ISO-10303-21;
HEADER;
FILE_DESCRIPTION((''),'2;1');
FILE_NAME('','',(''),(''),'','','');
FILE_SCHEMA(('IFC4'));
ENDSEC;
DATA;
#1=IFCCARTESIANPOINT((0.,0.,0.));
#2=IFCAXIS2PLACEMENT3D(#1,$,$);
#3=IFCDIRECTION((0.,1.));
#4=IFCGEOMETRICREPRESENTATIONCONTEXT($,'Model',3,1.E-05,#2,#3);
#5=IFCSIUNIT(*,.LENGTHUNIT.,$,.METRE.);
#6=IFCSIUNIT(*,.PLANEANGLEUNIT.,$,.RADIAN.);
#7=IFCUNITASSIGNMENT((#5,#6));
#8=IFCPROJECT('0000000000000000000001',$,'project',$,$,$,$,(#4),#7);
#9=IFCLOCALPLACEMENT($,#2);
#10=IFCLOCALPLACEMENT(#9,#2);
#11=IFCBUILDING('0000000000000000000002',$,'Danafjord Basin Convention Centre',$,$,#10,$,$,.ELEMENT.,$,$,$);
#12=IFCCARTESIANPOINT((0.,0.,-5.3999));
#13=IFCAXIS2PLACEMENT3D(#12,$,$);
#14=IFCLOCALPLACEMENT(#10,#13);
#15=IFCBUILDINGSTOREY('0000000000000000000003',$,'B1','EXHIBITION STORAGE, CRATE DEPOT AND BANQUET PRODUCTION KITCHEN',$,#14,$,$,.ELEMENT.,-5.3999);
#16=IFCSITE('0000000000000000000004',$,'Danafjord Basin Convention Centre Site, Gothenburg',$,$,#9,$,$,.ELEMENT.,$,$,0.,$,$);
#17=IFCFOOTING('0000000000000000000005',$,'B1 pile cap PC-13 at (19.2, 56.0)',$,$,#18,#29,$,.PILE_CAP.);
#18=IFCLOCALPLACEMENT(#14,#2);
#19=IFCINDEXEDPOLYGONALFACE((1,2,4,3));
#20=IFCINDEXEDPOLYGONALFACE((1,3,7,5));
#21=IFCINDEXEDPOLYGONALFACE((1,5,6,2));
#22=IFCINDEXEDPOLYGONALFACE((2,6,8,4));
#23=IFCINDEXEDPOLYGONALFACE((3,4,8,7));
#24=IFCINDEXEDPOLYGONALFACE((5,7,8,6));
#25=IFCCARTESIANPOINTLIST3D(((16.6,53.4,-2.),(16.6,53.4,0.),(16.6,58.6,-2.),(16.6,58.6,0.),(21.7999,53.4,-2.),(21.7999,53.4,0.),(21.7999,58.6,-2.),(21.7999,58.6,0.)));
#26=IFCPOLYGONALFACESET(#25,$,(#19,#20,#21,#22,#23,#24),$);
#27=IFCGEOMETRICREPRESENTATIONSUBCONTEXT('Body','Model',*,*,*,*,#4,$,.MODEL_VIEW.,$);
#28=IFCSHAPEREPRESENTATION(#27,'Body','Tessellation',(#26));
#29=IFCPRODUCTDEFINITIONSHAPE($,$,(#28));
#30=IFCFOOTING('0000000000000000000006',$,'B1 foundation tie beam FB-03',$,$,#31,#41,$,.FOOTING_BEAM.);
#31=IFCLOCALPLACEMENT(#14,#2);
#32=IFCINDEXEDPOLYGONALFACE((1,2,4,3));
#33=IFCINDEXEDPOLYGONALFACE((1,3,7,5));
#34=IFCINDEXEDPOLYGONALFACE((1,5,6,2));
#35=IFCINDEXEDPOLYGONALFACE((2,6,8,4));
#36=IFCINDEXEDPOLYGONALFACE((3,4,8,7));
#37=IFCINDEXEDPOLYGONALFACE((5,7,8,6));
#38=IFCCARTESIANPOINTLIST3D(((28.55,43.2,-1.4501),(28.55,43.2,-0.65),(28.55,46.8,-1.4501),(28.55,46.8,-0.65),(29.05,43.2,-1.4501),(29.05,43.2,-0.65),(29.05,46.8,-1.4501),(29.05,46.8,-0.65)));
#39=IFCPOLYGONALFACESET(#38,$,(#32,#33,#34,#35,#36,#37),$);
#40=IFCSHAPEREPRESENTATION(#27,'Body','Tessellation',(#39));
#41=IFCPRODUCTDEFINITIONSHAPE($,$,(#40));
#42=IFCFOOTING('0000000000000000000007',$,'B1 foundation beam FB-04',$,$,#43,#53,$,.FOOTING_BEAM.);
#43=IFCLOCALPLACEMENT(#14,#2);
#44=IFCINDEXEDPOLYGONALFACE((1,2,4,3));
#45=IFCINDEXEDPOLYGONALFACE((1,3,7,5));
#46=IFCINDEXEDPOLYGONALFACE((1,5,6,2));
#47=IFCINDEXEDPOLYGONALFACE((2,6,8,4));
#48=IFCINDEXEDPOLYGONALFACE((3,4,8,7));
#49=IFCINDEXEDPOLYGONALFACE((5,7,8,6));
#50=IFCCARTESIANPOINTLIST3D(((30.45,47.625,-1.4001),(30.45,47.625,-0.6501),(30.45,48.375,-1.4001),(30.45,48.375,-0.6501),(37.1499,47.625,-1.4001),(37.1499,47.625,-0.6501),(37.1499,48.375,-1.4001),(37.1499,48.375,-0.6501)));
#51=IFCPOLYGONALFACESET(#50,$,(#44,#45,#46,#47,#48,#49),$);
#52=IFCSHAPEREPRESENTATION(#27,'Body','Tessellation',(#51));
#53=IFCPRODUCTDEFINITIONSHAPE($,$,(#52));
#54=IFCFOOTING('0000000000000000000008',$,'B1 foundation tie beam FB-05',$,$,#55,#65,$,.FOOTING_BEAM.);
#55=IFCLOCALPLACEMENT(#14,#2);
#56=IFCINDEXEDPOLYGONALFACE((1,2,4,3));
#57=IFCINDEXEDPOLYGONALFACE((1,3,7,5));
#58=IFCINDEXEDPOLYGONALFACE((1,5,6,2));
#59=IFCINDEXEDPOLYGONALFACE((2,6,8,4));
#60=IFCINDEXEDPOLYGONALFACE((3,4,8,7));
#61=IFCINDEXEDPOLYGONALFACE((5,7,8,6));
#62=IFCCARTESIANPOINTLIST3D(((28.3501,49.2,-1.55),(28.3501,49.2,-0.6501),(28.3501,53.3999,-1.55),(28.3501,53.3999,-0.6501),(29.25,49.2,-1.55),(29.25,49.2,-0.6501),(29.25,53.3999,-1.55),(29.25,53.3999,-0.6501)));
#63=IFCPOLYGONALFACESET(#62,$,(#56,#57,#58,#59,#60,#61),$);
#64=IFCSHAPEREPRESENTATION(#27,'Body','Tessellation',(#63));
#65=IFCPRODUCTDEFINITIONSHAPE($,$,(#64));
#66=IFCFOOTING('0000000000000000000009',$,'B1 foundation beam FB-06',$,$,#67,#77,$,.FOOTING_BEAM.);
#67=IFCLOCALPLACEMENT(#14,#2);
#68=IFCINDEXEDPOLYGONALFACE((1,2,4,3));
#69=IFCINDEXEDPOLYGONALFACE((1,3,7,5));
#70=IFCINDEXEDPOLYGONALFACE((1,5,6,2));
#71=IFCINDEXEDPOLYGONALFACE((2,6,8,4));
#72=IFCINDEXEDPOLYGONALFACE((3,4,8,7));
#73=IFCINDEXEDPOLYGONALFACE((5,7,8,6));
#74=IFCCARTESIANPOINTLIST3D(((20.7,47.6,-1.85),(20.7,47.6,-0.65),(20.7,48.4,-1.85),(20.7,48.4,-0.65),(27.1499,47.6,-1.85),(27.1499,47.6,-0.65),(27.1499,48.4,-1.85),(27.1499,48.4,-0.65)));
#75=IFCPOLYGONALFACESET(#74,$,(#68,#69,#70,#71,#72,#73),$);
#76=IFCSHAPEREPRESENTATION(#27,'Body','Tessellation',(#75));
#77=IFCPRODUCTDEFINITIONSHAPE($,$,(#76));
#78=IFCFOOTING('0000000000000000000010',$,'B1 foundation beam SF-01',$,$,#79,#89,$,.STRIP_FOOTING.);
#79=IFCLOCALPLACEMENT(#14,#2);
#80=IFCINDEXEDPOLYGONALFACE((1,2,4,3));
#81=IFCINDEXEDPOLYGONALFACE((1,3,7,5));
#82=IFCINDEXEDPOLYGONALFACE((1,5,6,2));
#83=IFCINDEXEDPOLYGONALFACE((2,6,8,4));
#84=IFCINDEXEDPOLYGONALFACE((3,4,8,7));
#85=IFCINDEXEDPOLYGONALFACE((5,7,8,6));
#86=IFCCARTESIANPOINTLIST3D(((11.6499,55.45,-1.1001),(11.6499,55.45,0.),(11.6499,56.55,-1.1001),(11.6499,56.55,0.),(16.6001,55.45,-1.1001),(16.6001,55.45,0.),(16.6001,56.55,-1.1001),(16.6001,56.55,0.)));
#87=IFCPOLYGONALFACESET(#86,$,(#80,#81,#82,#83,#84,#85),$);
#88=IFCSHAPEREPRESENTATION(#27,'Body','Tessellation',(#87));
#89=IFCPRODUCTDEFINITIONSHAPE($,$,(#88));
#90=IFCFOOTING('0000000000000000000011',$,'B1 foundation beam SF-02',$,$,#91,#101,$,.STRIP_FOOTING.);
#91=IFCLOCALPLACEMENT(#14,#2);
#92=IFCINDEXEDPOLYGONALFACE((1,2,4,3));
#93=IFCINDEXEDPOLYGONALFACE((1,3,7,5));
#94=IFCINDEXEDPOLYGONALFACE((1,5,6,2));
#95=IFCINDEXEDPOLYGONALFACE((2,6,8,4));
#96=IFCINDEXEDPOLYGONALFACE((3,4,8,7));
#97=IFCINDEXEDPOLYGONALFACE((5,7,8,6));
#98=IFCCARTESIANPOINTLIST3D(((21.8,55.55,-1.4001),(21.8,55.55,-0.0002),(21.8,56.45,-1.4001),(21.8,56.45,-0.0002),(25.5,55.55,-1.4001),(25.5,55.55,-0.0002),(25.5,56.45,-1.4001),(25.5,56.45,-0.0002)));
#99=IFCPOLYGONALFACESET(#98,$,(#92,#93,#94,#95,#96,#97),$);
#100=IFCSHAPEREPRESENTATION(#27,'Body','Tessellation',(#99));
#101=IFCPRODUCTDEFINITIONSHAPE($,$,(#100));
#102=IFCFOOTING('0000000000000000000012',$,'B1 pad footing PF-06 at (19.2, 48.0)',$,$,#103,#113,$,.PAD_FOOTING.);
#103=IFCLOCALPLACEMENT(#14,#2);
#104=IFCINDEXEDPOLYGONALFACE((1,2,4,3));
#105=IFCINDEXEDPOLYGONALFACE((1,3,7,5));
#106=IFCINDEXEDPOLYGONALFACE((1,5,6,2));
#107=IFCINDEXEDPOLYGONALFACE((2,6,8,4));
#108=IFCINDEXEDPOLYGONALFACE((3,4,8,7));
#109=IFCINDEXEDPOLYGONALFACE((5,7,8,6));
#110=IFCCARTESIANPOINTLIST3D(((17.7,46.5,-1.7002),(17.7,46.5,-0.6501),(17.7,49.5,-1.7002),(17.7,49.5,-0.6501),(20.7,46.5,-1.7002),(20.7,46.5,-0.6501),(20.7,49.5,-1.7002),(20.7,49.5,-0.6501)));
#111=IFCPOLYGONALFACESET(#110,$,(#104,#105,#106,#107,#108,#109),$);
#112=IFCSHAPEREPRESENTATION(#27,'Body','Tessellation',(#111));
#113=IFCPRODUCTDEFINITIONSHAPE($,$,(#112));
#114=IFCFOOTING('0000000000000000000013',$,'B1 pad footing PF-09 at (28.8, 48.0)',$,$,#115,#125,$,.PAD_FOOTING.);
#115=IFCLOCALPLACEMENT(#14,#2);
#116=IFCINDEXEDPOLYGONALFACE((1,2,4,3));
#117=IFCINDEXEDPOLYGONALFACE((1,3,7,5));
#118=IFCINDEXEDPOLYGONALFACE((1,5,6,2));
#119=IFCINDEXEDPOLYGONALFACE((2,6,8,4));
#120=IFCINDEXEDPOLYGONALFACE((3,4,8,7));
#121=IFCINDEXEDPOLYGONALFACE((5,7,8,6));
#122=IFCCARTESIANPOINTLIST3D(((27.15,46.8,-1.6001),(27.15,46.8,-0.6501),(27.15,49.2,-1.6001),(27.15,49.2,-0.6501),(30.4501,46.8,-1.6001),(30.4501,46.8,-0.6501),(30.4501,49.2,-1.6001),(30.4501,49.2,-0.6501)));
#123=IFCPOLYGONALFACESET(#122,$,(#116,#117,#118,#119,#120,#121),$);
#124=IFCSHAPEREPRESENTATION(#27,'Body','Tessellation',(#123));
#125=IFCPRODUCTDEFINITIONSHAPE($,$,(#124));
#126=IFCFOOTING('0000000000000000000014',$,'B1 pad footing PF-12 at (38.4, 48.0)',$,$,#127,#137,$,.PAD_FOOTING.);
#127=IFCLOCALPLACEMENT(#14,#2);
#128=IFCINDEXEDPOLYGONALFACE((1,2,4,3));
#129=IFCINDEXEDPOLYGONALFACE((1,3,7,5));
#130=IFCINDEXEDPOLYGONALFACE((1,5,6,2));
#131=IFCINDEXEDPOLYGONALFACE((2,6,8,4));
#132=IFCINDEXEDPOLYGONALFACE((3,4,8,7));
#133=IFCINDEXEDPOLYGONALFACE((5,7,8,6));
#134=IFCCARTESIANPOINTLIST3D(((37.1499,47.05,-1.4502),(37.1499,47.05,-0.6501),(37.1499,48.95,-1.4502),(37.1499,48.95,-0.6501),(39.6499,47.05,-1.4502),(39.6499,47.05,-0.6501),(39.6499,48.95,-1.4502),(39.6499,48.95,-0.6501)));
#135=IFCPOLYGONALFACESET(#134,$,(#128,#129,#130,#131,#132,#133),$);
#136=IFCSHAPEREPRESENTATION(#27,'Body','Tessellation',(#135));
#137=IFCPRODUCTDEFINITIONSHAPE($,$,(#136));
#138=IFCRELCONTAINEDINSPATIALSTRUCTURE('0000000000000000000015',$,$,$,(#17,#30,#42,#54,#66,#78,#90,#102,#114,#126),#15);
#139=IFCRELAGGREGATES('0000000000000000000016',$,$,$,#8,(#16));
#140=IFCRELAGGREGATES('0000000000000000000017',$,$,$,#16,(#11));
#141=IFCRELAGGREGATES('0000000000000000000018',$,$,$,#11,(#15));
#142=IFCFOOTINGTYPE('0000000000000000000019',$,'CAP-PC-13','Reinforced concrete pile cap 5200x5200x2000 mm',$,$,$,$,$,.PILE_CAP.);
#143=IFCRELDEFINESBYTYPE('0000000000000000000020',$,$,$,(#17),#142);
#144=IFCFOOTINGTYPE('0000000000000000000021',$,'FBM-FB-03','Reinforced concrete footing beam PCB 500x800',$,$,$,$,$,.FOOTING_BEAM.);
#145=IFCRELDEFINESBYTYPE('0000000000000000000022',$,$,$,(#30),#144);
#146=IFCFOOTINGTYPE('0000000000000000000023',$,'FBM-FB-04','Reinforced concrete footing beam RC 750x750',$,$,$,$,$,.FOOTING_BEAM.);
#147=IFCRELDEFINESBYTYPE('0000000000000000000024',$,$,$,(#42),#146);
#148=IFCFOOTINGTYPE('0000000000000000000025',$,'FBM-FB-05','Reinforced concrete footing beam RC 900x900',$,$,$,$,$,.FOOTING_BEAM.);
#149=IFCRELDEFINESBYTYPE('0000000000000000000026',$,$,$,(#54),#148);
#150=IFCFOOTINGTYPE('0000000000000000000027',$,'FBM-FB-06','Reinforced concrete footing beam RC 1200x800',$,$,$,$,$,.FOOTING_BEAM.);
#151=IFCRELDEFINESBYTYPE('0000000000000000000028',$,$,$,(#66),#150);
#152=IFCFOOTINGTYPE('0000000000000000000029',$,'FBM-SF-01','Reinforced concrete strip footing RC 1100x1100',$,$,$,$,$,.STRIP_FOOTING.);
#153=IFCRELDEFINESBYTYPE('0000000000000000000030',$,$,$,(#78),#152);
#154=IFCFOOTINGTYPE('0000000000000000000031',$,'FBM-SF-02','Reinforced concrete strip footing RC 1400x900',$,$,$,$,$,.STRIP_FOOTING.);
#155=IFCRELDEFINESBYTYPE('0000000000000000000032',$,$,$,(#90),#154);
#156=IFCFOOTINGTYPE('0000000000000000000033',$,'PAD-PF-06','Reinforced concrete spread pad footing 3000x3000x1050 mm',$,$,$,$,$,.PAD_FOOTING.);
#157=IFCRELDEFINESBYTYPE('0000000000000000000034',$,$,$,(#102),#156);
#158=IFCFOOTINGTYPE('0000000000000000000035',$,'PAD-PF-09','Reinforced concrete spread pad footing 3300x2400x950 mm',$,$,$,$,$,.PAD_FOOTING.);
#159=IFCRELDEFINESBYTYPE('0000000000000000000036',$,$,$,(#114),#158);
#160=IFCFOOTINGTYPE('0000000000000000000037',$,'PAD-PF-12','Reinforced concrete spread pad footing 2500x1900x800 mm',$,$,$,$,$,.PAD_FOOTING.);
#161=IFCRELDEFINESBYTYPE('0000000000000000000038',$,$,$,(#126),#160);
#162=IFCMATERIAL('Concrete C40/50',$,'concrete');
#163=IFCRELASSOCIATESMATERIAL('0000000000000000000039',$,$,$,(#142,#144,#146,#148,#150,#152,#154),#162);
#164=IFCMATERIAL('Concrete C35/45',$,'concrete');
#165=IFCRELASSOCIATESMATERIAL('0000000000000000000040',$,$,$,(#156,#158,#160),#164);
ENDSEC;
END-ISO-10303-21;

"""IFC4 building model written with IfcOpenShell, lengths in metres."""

from ifc_helpers import new_model, si_unit, direction, frame, origin, origin_2d, place, context, subcontext, project, spatial, rectangle, extrude, material, material_profile, profile_set, type_object, element, save


model = new_model("IFC4")

# Units and contexts
model_context = context("Model", 3, precision=1e-05, world=origin(), true_north=direction((0.0, 1.0)))
body_context = subcontext(model_context, "Body", "Model", "MODEL_VIEW")
ifc_project = project(units=[si_unit("LENGTHUNIT", "METRE"), si_unit("PLANEANGLEUNIT", "RADIAN")], contexts=[model_context])

# Site, building, storey
site_placement = place(None, origin())
site = spatial("IfcSite", under=ifc_project, at=site_placement, Name="Danafjord Basin Convention Centre Site, Gothenburg", CompositionType="ELEMENT", RefElevation=0.0)
building_placement = place(site_placement, origin())
building = spatial("IfcBuilding", under=site, at=building_placement, Name="Danafjord Basin Convention Centre", CompositionType="ELEMENT")
storey_placement = place(building_placement, frame((0.0, 0.0, -5.3999)))
storey = spatial("IfcBuildingStorey", under=building, at=storey_placement, Name="B1", Description="EXHIBITION STORAGE, CRATE DEPOT AND BANQUET PRODUCTION KITCHEN", CompositionType="ELEMENT", Elevation=-5.3999)

# Footings
ifc_material_1 = material(Name="Concrete C40/50", Category="concrete")
footing_type_1 = type_object("IfcFootingType", Name="CAP-PC-13", Description="Reinforced concrete pile cap 5200x5200x2000 mm", PredefinedType="PILE_CAP", material=ifc_material_1)
footing_1_placement = place(storey_placement, frame((19.2, 56.0, -2.0), z_axis=(0.0, 0.0, 1.0), x_axis=(1.0, 0.0, 0.0)))
element("IfcFooting", 1, at=footing_1_placement, inside=storey, type_object=footing_type_1, Name="B1 pile cap PC-13 at (19.2, 56.0)", PredefinedType="PILE_CAP", context=body_context, shape_type="SweptSolid", body=[
    extrude(rectangle(XDim=5.2, YDim=5.2, at=origin_2d()), origin(), (0.0, 0.0, 1.0), 2.0),
])
ifc_material_profile_1 = material_profile(ifc_material_1, rectangle(XDim=0.5, YDim=0.8, at=origin_2d()), Name="PCB 500x800")
ifc_profile_set_1 = profile_set([ifc_material_profile_1], Name="Concrete C40/50")
footing_type_2 = type_object("IfcFootingType", Name="FBM-FB-03", Description="Reinforced concrete footing beam PCB 500x800", PredefinedType="FOOTING_BEAM", material=ifc_profile_set_1)
footing_2_placement = place(storey_placement, frame((28.8, 43.2, -1.05), z_axis=(0.0, 1.0, 0.0), x_axis=(-1.0, 0.0, 0.0)))
element("IfcFooting", 2, at=footing_2_placement, inside=storey, type_object=footing_type_2, Name="B1 foundation tie beam FB-03", PredefinedType="FOOTING_BEAM", context=body_context, shape_type="SweptSolid", body=[
    extrude(rectangle(XDim=0.5, YDim=0.8, at=origin_2d()), origin(), (0.0, 0.0, 1.0), 3.6001),
])
ifc_material_profile_2 = material_profile(ifc_material_1, rectangle(XDim=0.75, YDim=0.75, at=origin_2d()), Name="RC 750x750")
ifc_profile_set_2 = profile_set([ifc_material_profile_2], Name="Concrete C40/50")
footing_type_3 = type_object("IfcFootingType", Name="FBM-FB-04", Description="Reinforced concrete footing beam RC 750x750", PredefinedType="FOOTING_BEAM", material=ifc_profile_set_2)
footing_3_placement = place(storey_placement, frame((30.45, 48.0, -1.0251), z_axis=(1.0, 0.0, 0.0), x_axis=(0.0, 1.0, 0.0)))
element("IfcFooting", 3, at=footing_3_placement, inside=storey, type_object=footing_type_3, Name="B1 foundation beam FB-04", PredefinedType="FOOTING_BEAM", context=body_context, shape_type="SweptSolid", body=[
    extrude(rectangle(XDim=0.75, YDim=0.75, at=origin_2d()), origin(), (0.0, 0.0, 1.0), 6.7),
])
ifc_material_profile_3 = material_profile(ifc_material_1, rectangle(XDim=0.8999, YDim=0.8999, at=origin_2d()), Name="RC 900x900")
ifc_profile_set_3 = profile_set([ifc_material_profile_3], Name="Concrete C40/50")
footing_type_4 = type_object("IfcFootingType", Name="FBM-FB-05", Description="Reinforced concrete footing beam RC 900x900", PredefinedType="FOOTING_BEAM", material=ifc_profile_set_3)
footing_4_placement = place(storey_placement, frame((28.8, 49.2, -1.1001), z_axis=(0.0, 1.0, 0.0), x_axis=(-1.0, 0.0, 0.0)))
element("IfcFooting", 4, at=footing_4_placement, inside=storey, type_object=footing_type_4, Name="B1 foundation tie beam FB-05", PredefinedType="FOOTING_BEAM", context=body_context, shape_type="SweptSolid", body=[
    extrude(rectangle(XDim=0.8999, YDim=0.8999, at=origin_2d()), origin(), (0.0, 0.0, 1.0), 4.2),
])
ifc_material_profile_4 = material_profile(ifc_material_1, rectangle(XDim=0.8, YDim=1.2, at=origin_2d()), Name="RC 1200x800")
ifc_profile_set_4 = profile_set([ifc_material_profile_4], Name="Concrete C40/50")
footing_type_5 = type_object("IfcFootingType", Name="FBM-FB-06", Description="Reinforced concrete footing beam RC 1200x800", PredefinedType="FOOTING_BEAM", material=ifc_profile_set_4)
footing_5_placement = place(storey_placement, frame((20.7, 48.0, -1.25), z_axis=(1.0, 0.0, 0.0), x_axis=(0.0, 1.0, 0.0)))
element("IfcFooting", 5, at=footing_5_placement, inside=storey, type_object=footing_type_5, Name="B1 foundation beam FB-06", PredefinedType="FOOTING_BEAM", context=body_context, shape_type="SweptSolid", body=[
    extrude(rectangle(XDim=0.8, YDim=1.2, at=origin_2d()), origin(), (0.0, 0.0, 1.0), 6.45),
])
ifc_material_profile_5 = material_profile(ifc_material_1, rectangle(XDim=1.1001, YDim=1.1001, at=origin_2d()), Name="RC 1100x1100")
ifc_profile_set_5 = profile_set([ifc_material_profile_5], Name="Concrete C40/50")
footing_type_6 = type_object("IfcFootingType", Name="FBM-SF-01", Description="Reinforced concrete strip footing RC 1100x1100", PredefinedType="STRIP_FOOTING", material=ifc_profile_set_5)
footing_6_placement = place(storey_placement, frame((11.6499, 56.0, -0.55), z_axis=(1.0, 0.0, 0.0), x_axis=(0.0, 1.0, 0.0)))
element("IfcFooting", 6, at=footing_6_placement, inside=storey, type_object=footing_type_6, Name="B1 foundation beam SF-01", PredefinedType="STRIP_FOOTING", context=body_context, shape_type="SweptSolid", body=[
    extrude(rectangle(XDim=1.1001, YDim=1.1001, at=origin_2d()), origin(), (0.0, 0.0, 1.0), 4.9502),
])
ifc_material_profile_6 = material_profile(ifc_material_1, rectangle(XDim=0.8999, YDim=1.3999, at=origin_2d()), Name="RC 1400x900")
ifc_profile_set_6 = profile_set([ifc_material_profile_6], Name="Concrete C40/50")
footing_type_7 = type_object("IfcFootingType", Name="FBM-SF-02", Description="Reinforced concrete strip footing RC 1400x900", PredefinedType="STRIP_FOOTING", material=ifc_profile_set_6)
footing_7_placement = place(storey_placement, frame((21.8, 56.0, -0.7002), z_axis=(1.0, 0.0, 0.0), x_axis=(0.0, 1.0, 0.0)))
element("IfcFooting", 7, at=footing_7_placement, inside=storey, type_object=footing_type_7, Name="B1 foundation beam SF-02", PredefinedType="STRIP_FOOTING", context=body_context, shape_type="SweptSolid", body=[
    extrude(rectangle(XDim=0.8999, YDim=1.3999, at=origin_2d()), origin(), (0.0, 0.0, 1.0), 3.7),
])
ifc_material_2 = material(Name="Concrete C35/45", Category="concrete")
footing_type_8 = type_object("IfcFootingType", Name="PAD-PF-06", Description="Reinforced concrete spread pad footing 3000x3000x1050 mm", PredefinedType="PAD_FOOTING", material=ifc_material_2)
footing_8_placement = place(storey_placement, frame((19.2, 48.0, -1.7002), z_axis=(0.0, 0.0, 1.0), x_axis=(1.0, 0.0, 0.0)))
element("IfcFooting", 8, at=footing_8_placement, inside=storey, type_object=footing_type_8, Name="B1 pad footing PF-06 at (19.2, 48.0)", PredefinedType="PAD_FOOTING", context=body_context, shape_type="SweptSolid", body=[
    extrude(rectangle(XDim=3.0, YDim=3.0, at=origin_2d()), origin(), (0.0, 0.0, 1.0), 1.05),
])
footing_type_9 = type_object("IfcFootingType", Name="PAD-PF-09", Description="Reinforced concrete spread pad footing 3300x2400x950 mm", PredefinedType="PAD_FOOTING", material=ifc_material_2)
footing_9_placement = place(storey_placement, frame((28.8, 48.0, -1.6001), z_axis=(0.0, 0.0, 1.0), x_axis=(1.0, 0.0, 0.0)))
element("IfcFooting", 9, at=footing_9_placement, inside=storey, type_object=footing_type_9, Name="B1 pad footing PF-09 at (28.8, 48.0)", PredefinedType="PAD_FOOTING", context=body_context, shape_type="SweptSolid", body=[
    extrude(rectangle(XDim=3.3, YDim=2.3999, at=origin_2d()), origin(), (0.0, 0.0, 1.0), 0.95),
])
footing_type_10 = type_object("IfcFootingType", Name="PAD-PF-12", Description="Reinforced concrete spread pad footing 2500x1900x800 mm", PredefinedType="PAD_FOOTING", material=ifc_material_2)
footing_10_placement = place(storey_placement, frame((38.3999, 48.0, -1.4502), z_axis=(0.0, 0.0, 1.0), x_axis=(1.0, 0.0, 0.0)))
element("IfcFooting", 10, at=footing_10_placement, inside=storey, type_object=footing_type_10, Name="B1 pad footing PF-12 at (38.4, 48.0)", PredefinedType="PAD_FOOTING", context=body_context, shape_type="SweptSolid", body=[
    extrude(rectangle(XDim=2.5, YDim=1.8999, at=origin_2d()), origin(), (0.0, 0.0, 1.0), 0.8),
])

save(model, "model.ifc")
